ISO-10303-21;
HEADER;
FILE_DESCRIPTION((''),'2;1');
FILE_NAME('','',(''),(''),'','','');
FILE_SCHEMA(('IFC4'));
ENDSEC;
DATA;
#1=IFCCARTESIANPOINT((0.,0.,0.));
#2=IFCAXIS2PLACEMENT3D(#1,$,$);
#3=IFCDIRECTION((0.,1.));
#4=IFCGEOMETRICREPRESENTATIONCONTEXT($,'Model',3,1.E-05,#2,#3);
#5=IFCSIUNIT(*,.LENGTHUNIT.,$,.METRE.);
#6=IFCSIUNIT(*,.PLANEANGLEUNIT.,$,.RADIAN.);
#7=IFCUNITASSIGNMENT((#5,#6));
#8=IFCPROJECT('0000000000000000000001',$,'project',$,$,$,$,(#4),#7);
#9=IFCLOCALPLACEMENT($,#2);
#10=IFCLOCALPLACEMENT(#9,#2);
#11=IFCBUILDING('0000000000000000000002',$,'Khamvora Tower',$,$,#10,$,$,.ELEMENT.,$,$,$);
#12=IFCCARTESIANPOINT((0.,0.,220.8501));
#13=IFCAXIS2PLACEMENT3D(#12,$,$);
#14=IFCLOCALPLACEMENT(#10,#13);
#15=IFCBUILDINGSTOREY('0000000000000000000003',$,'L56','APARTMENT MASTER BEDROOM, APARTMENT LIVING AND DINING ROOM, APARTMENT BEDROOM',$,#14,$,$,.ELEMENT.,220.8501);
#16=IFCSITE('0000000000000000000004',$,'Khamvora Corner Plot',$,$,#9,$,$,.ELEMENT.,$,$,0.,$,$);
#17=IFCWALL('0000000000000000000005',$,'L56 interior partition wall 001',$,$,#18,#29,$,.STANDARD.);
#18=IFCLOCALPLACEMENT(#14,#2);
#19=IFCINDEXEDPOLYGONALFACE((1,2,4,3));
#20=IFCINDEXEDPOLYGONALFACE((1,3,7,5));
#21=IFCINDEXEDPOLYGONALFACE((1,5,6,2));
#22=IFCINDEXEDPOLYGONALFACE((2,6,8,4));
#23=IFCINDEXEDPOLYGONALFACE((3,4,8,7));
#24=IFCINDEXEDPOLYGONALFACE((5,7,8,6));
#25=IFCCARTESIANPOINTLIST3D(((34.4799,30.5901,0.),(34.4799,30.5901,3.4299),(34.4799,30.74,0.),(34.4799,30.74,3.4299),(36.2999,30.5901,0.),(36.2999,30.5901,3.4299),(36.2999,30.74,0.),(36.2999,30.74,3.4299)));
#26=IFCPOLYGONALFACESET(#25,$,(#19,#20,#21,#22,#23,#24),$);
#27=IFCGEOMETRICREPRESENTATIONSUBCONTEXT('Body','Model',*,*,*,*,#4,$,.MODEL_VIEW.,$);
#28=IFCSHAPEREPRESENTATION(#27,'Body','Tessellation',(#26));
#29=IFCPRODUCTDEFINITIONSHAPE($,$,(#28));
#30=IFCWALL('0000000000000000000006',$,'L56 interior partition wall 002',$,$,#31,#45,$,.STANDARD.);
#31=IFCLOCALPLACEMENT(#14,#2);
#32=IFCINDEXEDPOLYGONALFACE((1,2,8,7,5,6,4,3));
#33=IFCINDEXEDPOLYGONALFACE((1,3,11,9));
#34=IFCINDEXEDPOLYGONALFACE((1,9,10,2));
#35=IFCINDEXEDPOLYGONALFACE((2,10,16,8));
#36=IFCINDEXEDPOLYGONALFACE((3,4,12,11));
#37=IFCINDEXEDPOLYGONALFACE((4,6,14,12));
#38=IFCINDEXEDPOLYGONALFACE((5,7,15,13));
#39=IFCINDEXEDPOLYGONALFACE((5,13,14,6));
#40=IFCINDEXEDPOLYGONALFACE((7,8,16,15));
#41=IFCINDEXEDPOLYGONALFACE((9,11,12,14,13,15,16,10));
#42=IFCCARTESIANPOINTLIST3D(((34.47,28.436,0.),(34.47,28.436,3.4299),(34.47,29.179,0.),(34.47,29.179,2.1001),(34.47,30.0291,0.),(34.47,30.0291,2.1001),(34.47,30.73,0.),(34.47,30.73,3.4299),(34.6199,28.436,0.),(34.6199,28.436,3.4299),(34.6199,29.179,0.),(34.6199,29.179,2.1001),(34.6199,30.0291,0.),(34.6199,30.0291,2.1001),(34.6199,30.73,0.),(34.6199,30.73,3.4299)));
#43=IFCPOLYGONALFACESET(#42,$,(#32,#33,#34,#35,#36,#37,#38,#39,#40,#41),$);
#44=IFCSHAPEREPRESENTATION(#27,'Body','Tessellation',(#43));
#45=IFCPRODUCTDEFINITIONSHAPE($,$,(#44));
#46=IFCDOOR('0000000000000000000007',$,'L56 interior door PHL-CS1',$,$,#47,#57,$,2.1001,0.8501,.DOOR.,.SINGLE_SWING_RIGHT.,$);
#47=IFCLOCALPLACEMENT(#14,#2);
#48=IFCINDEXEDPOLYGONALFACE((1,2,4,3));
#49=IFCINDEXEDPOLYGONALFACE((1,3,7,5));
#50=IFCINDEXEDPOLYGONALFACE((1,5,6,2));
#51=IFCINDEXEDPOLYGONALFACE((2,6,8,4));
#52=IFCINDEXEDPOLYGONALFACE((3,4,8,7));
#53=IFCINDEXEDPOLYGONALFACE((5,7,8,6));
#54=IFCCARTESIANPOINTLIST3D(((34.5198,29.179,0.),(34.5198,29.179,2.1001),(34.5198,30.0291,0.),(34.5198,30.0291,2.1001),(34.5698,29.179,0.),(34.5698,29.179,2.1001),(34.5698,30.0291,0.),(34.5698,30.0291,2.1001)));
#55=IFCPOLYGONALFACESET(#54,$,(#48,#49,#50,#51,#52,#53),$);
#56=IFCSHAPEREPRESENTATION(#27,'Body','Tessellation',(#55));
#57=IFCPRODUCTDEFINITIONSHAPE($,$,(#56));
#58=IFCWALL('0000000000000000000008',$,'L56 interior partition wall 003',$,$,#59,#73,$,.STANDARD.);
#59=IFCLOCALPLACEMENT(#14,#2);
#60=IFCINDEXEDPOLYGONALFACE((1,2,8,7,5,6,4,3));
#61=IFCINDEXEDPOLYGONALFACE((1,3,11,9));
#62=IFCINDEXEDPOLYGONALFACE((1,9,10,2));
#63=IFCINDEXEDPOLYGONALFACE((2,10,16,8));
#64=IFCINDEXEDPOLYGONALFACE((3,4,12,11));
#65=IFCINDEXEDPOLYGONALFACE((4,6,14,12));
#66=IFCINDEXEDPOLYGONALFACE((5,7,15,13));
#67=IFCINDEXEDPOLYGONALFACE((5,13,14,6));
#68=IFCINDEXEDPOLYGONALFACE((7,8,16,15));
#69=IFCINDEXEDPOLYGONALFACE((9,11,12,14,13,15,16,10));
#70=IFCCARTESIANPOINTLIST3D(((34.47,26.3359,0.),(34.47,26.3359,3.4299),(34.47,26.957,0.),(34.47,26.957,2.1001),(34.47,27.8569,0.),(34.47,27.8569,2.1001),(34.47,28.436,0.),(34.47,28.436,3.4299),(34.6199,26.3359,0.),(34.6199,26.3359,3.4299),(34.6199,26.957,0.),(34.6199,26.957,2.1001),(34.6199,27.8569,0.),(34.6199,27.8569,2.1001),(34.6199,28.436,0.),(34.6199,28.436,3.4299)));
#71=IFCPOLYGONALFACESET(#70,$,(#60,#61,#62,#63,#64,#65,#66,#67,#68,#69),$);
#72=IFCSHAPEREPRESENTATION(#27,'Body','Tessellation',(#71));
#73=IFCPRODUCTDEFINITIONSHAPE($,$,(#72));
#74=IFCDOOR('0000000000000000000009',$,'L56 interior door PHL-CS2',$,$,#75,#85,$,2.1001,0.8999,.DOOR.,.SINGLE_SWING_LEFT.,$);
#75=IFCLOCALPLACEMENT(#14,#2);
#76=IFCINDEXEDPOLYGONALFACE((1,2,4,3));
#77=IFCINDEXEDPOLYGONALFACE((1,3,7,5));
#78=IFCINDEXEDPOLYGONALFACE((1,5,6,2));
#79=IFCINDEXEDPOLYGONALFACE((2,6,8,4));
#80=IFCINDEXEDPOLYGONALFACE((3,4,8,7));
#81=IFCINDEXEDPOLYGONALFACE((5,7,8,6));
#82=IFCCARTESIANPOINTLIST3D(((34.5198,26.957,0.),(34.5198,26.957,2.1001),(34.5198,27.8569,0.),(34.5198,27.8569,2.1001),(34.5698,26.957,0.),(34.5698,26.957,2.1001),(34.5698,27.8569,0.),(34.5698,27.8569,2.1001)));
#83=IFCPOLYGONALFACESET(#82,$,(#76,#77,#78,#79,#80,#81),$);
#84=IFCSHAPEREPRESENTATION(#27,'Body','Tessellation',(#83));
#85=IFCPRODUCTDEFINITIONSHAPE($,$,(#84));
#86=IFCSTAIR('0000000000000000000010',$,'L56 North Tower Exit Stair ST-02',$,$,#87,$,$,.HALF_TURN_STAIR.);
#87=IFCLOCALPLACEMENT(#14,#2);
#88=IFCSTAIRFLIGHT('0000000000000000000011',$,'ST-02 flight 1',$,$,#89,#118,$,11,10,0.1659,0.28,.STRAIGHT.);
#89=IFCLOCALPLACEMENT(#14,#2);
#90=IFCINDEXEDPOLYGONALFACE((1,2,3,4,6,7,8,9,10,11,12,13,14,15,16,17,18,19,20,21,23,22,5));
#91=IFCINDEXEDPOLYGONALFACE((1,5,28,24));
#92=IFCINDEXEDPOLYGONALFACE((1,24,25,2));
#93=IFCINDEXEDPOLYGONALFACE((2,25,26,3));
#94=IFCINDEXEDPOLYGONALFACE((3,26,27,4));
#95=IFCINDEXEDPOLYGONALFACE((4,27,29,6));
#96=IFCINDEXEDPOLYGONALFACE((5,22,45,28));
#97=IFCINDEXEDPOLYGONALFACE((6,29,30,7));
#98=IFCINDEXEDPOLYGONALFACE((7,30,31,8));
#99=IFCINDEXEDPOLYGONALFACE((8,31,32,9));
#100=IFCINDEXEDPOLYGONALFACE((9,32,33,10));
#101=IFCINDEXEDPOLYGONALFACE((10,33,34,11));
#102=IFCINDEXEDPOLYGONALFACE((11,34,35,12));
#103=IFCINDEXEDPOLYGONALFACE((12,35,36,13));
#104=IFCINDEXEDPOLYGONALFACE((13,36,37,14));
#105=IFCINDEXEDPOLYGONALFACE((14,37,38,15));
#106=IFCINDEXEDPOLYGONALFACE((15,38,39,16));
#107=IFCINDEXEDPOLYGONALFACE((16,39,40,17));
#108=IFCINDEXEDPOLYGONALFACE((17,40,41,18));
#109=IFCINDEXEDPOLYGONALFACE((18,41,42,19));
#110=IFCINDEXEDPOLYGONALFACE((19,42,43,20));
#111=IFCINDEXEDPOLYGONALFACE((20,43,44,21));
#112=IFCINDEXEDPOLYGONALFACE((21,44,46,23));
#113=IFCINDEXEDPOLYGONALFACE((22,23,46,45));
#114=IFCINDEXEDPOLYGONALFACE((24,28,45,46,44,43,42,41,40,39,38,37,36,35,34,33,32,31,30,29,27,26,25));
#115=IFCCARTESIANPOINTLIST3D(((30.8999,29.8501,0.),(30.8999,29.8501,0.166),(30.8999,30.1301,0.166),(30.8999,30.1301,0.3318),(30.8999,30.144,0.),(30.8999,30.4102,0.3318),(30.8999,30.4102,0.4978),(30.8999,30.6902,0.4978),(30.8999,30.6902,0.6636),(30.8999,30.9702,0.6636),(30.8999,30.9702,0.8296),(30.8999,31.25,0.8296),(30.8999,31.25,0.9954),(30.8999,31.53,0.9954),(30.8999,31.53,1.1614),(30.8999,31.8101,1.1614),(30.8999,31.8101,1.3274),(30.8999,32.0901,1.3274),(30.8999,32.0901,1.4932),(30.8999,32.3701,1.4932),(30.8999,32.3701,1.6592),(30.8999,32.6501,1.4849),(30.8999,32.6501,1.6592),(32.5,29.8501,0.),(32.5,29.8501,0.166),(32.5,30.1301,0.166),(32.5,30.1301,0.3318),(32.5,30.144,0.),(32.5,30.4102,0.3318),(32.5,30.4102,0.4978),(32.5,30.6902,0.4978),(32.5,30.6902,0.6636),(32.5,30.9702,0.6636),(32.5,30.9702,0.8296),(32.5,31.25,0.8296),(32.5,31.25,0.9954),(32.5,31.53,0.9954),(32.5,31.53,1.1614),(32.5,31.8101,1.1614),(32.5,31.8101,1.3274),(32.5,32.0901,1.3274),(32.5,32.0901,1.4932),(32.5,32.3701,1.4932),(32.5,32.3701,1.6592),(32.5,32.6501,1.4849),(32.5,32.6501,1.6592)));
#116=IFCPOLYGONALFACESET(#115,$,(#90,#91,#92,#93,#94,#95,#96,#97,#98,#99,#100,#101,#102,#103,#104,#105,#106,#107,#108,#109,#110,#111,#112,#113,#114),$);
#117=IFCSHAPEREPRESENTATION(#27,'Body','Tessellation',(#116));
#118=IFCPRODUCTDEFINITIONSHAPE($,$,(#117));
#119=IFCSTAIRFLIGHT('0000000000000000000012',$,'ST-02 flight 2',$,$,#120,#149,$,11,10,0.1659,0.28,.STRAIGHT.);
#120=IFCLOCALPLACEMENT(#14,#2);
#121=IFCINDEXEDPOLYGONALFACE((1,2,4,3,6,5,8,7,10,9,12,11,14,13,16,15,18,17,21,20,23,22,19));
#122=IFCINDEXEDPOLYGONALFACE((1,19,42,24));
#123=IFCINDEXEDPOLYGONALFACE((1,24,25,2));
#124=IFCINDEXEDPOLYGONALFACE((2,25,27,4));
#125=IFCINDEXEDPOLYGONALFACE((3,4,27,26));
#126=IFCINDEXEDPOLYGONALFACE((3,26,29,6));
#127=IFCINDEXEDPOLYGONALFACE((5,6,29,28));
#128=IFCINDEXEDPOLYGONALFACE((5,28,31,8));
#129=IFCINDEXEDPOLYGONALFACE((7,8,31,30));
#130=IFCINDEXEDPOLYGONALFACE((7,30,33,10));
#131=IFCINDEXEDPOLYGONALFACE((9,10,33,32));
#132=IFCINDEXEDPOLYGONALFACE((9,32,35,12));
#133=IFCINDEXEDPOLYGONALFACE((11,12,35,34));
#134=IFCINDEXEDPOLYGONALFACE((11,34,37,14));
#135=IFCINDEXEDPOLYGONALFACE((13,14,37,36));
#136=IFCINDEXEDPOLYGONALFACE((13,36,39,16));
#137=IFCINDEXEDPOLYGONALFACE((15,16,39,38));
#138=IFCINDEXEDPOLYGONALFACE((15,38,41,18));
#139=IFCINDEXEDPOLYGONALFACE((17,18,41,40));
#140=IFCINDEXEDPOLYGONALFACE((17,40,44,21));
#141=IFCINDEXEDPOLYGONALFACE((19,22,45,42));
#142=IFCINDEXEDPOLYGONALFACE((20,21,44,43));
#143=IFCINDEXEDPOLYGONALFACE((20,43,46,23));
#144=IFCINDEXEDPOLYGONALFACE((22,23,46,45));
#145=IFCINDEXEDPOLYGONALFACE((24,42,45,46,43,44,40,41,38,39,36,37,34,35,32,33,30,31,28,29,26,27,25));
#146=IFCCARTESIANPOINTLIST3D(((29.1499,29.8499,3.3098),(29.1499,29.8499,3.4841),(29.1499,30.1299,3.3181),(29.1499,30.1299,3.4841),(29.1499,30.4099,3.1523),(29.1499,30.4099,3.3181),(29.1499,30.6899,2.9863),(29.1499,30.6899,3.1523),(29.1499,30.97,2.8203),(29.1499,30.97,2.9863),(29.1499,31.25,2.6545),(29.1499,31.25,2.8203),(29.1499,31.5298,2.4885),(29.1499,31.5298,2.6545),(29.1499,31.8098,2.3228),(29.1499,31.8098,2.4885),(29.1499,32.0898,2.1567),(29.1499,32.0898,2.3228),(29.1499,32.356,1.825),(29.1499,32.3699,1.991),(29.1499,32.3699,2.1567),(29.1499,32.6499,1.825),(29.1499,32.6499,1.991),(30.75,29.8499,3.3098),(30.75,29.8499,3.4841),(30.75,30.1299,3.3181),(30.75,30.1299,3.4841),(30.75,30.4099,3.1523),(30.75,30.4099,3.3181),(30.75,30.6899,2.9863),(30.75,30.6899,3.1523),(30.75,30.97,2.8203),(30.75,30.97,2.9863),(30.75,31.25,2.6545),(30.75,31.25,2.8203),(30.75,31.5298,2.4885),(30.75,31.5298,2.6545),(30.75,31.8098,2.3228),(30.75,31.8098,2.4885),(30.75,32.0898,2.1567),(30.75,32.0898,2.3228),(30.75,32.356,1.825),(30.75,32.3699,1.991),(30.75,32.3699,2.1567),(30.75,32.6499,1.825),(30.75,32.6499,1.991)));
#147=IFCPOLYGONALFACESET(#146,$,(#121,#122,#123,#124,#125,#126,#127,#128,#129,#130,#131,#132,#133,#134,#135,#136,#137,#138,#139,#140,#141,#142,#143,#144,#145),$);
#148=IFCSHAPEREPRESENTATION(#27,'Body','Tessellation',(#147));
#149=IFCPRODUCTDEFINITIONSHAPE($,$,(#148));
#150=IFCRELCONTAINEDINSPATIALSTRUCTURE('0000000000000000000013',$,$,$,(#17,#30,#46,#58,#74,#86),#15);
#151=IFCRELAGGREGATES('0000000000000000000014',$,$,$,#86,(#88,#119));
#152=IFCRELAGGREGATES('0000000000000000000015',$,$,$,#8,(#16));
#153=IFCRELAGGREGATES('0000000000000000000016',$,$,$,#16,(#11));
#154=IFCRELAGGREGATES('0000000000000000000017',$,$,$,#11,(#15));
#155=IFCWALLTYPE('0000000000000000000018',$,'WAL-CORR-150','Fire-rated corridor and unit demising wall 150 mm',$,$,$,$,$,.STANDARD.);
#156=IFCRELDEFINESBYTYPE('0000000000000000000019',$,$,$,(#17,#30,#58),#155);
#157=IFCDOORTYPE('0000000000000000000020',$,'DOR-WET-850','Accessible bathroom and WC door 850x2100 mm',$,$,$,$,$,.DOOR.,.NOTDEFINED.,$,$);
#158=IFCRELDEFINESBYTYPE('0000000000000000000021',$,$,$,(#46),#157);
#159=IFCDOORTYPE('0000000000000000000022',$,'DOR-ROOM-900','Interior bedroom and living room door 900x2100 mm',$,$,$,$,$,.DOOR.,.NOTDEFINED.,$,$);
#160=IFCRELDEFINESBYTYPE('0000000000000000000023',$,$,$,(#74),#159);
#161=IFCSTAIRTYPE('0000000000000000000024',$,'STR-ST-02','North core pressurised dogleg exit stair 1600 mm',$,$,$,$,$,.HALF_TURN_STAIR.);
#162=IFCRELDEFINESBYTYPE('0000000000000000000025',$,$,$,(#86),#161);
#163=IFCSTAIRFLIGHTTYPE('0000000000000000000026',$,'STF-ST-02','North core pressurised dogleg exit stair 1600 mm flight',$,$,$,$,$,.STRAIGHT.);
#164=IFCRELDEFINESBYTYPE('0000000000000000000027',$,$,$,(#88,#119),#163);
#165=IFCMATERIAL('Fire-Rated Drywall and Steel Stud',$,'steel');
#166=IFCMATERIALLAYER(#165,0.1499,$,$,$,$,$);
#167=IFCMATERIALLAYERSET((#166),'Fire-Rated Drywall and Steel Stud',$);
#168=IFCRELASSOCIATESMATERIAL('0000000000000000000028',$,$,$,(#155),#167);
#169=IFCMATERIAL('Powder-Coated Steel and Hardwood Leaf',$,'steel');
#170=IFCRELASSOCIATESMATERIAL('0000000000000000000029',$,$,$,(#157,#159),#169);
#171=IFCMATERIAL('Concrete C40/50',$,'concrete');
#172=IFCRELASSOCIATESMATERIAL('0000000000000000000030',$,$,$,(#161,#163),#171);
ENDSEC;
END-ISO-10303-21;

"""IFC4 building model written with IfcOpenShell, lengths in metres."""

from ifc_helpers import new_model, si_unit, direction, frame, frame_2d, origin, place, context, subcontext, project, spatial, polyline, rectangle, outline, extrude, material, layer, layer_set, type_object, element, fill, aggregate, save


model = new_model("IFC4")

# Units and contexts
model_context = context("Model", 3, precision=1e-05, world=origin(), true_north=direction((0.0, 1.0)))
body_context = subcontext(model_context, "Body", "Model", "MODEL_VIEW")
ifc_project = project(units=[si_unit("LENGTHUNIT", "METRE"), si_unit("PLANEANGLEUNIT", "RADIAN")], contexts=[model_context])

# Site, building, storey
site_placement = place(None, origin())
site = spatial("IfcSite", under=ifc_project, at=site_placement, Name="Khamvora Corner Plot", CompositionType="ELEMENT", RefElevation=0.0)
building_placement = place(site_placement, origin())
building = spatial("IfcBuilding", under=site, at=building_placement, Name="Khamvora Tower", CompositionType="ELEMENT")
storey_placement = place(building_placement, frame((0.0, 0.0, 220.8501)))
storey = spatial("IfcBuildingStorey", under=building, at=storey_placement, Name="L56", Description="APARTMENT MASTER BEDROOM, APARTMENT LIVING AND DINING ROOM, APARTMENT BEDROOM", CompositionType="ELEMENT", Elevation=220.8501)

# Shared definitions
ifc_material_1 = material(Name="Powder-Coated Steel and Hardwood Leaf", Category="steel")

# Wall
ifc_material_2 = material(Name="Fire-Rated Drywall and Steel Stud", Category="steel")
ifc_layer_1 = layer(ifc_material_2, 0.1499)
ifc_layer_set_1 = layer_set([ifc_layer_1], Name="Fire-Rated Drywall and Steel Stud")
wall_type_1 = type_object("IfcWallType", Name="WAL-CORR-150", Description="Fire-rated corridor and unit demising wall 150 mm", PredefinedType="STANDARD", material=ifc_layer_set_1)
wall_1_placement = place(storey_placement, frame((36.3, 30.665, 0.0), z_axis=(0.0, 0.0, 1.0), x_axis=(-1.0, 0.0, 0.0)))
element("IfcWall", 1, at=wall_1_placement, inside=storey, type_object=wall_type_1, Name="L56 interior partition wall 001", PredefinedType="STANDARD", context=body_context, shape_type="SweptSolid", body=[
    extrude(rectangle(XDim=1.8201, YDim=0.1499, at=frame_2d((0.9102, 0.0))), origin(), (0.0, 0.0, 1.0), 3.4299),
])

# Walls, openings, doors
wall_2_placement = place(storey_placement, frame((34.5449, 30.73, 0.0), z_axis=(0.0, 0.0, 1.0), x_axis=(0.0, -1.0, 0.0)))
wall_2 = element("IfcWall", 2, at=wall_2_placement, inside=storey, type_object=wall_type_1, Name="L56 interior partition wall 002", PredefinedType="STANDARD", context=body_context, shape_type="SweptSolid", body=[
    extrude(rectangle(XDim=2.2939, YDim=0.1499, at=frame_2d((1.147, 0.0))), origin(), (0.0, 0.0, 1.0), 3.4299),
])
opening_1_placement = place(wall_2_placement, frame((0.7009, 0.0, 0.0)))
opening_1 = element("IfcOpeningElement", 3, at=opening_1_placement, cuts=wall_2, PredefinedType="OPENING", context=body_context, shape_type="SweptSolid", body=[
    extrude(rectangle(XDim=0.8501, YDim=2.1001, at=frame_2d((0.425, 1.05))), frame((0.0, 0.085, 0.0), z_axis=(0.0, -1.0, 0.0), x_axis=(1.0, 0.0, 0.0)), (0.0, 0.0, 1.0), 0.1699),
])
door_type_1 = type_object("IfcDoorType", Name="DOR-WET-850", Description="Accessible bathroom and WC door 850x2100 mm", OperationType="NOTDEFINED", PredefinedType="DOOR", material=ifc_material_1)
door_1_placement = place(opening_1_placement, origin())
door_1 = element("IfcDoor", 4, at=door_1_placement, inside=storey, type_object=door_type_1, Name="L56 interior door PHL-CS1", OperationType="SINGLE_SWING_RIGHT", OverallHeight=2.1001, OverallWidth=0.8501, PredefinedType="DOOR", context=body_context, shape_type="SweptSolid", body=[
    extrude(rectangle(XDim=0.8501, YDim=2.1001, at=frame_2d((0.425, 1.05))), frame((0.0, 0.0249, 0.0), z_axis=(0.0, -1.0, 0.0), x_axis=(1.0, 0.0, 0.0)), (0.0, 0.0, 1.0), 0.05),
])
fill(opening_1, door_1)
wall_3_placement = place(storey_placement, frame((34.5449, 28.436, 0.0), z_axis=(0.0, 0.0, 1.0), x_axis=(0.0, -1.0, 0.0)))
wall_3 = element("IfcWall", 5, at=wall_3_placement, inside=storey, type_object=wall_type_1, Name="L56 interior partition wall 003", PredefinedType="STANDARD", context=body_context, shape_type="SweptSolid", body=[
    extrude(rectangle(XDim=2.1001, YDim=0.1499, at=frame_2d((1.05, 0.0))), origin(), (0.0, 0.0, 1.0), 3.4299),
])
opening_2_placement = place(wall_3_placement, frame((0.5791, 0.0, 0.0)))
opening_2 = element("IfcOpeningElement", 6, at=opening_2_placement, cuts=wall_3, PredefinedType="OPENING", context=body_context, shape_type="SweptSolid", body=[
    extrude(rectangle(XDim=0.8999, YDim=2.1001, at=frame_2d((0.45, 1.05))), frame((0.0, 0.085, 0.0), z_axis=(0.0, -1.0, 0.0), x_axis=(1.0, 0.0, 0.0)), (0.0, 0.0, 1.0), 0.1699),
])
door_type_2 = type_object("IfcDoorType", Name="DOR-ROOM-900", Description="Interior bedroom and living room door 900x2100 mm", OperationType="NOTDEFINED", PredefinedType="DOOR", material=ifc_material_1)
door_2_placement = place(opening_2_placement, origin())
door_2 = element("IfcDoor", 7, at=door_2_placement, inside=storey, type_object=door_type_2, Name="L56 interior door PHL-CS2", OperationType="SINGLE_SWING_LEFT", OverallHeight=2.1001, OverallWidth=0.8999, PredefinedType="DOOR", context=body_context, shape_type="SweptSolid", body=[
    extrude(rectangle(XDim=0.8999, YDim=2.1001, at=frame_2d((0.45, 1.05))), frame((0.0, 0.0249, 0.0), z_axis=(0.0, -1.0, 0.0), x_axis=(1.0, 0.0, 0.0)), (0.0, 0.0, 1.0), 0.05),
])
fill(opening_2, door_2)

# Stair, stair flights
ifc_material_3 = material(Name="Concrete C40/50", Category="concrete")
stair_type = type_object("IfcStairType", Name="STR-ST-02", Description="North core pressurised dogleg exit stair 1600 mm", PredefinedType="HALF_TURN_STAIR", material=ifc_material_3)
stair_placement = place(storey_placement, origin())
stair = element("IfcStair", 8, at=stair_placement, inside=storey, type_object=stair_type, Name="L56 North Tower Exit Stair ST-02", PredefinedType="HALF_TURN_STAIR")
stair_flight_type = type_object("IfcStairFlightType", Name="STF-ST-02", Description="North core pressurised dogleg exit stair 1600 mm flight", PredefinedType="STRAIGHT", material=ifc_material_3)
stair_flight_1_placement = place(storey_placement, frame((31.7, 29.8501, 0.0), z_axis=(0.0, 0.0, 1.0), x_axis=(0.0, 1.0, 0.0)))
stair_flight_1 = element("IfcStairFlight", 9, at=stair_flight_1_placement, type_object=stair_flight_type, Name="ST-02 flight 1", NumberOfRisers=11, NumberOfTreads=10, PredefinedType="STRAIGHT", RiserHeight=0.1659, TreadLength=0.28, context=body_context, shape_type="SweptSolid", body=[
    extrude(outline(polyline([(0.0, 0.0), (0.0, 0.166), (0.28, 0.166), (0.28, 0.3318), (0.5601, 0.3318), (0.5601, 0.4978), (0.8401, 0.4978), (0.8401, 0.6636), (1.1201, 0.6636), (1.1201, 0.8296), (1.3999, 0.8296), (1.3999, 0.9954), (1.6799, 0.9954), (1.6799, 1.1614), (1.96, 1.1614), (1.96, 1.3274), (2.24, 1.3274), (2.24, 1.4932), (2.52, 1.4932), (2.52, 1.6592), (2.8, 1.6592), (2.8, 1.825), (2.8, 1.4849), (0.2939, 0.0), (0.0, 0.0)])), frame((0.0, 0.8, 0.0), z_axis=(0.0, -1.0, 0.0), x_axis=(1.0, 0.0, 0.0)), (0.0, 0.0, 1.0), 1.6001),
])
stair_flight_2_placement = place(storey_placement, frame((29.95, 32.6499, 1.825), z_axis=(0.0, 0.0, 1.0), x_axis=(0.0, -1.0, 0.0)))
stair_flight_2 = element("IfcStairFlight", 10, at=stair_flight_2_placement, type_object=stair_flight_type, Name="ST-02 flight 2", NumberOfRisers=11, NumberOfTreads=10, PredefinedType="STRAIGHT", RiserHeight=0.1659, TreadLength=0.28, context=body_context, shape_type="SweptSolid", body=[
    extrude(outline(polyline([(0.0, 0.0), (0.0, 0.166), (0.28, 0.166), (0.28, 0.3318), (0.5601, 0.3318), (0.5601, 0.4978), (0.8401, 0.4978), (0.8401, 0.6636), (1.1201, 0.6636), (1.1201, 0.8296), (1.3999, 0.8296), (1.3999, 0.9954), (1.6799, 0.9954), (1.6799, 1.1614), (1.96, 1.1614), (1.96, 1.3274), (2.24, 1.3274), (2.24, 1.4932), (2.52, 1.4932), (2.52, 1.6592), (2.8, 1.6592), (2.8, 1.825), (2.8, 1.4849), (0.2939, 0.0), (0.0, 0.0)])), frame((0.0, 0.8, 0.0), z_axis=(0.0, -1.0, 0.0), x_axis=(1.0, 0.0, 0.0)), (0.0, 0.0, 1.0), 1.6001),
])
aggregate(stair, [stair_flight_1, stair_flight_2])

save(model, "model.ifc")
